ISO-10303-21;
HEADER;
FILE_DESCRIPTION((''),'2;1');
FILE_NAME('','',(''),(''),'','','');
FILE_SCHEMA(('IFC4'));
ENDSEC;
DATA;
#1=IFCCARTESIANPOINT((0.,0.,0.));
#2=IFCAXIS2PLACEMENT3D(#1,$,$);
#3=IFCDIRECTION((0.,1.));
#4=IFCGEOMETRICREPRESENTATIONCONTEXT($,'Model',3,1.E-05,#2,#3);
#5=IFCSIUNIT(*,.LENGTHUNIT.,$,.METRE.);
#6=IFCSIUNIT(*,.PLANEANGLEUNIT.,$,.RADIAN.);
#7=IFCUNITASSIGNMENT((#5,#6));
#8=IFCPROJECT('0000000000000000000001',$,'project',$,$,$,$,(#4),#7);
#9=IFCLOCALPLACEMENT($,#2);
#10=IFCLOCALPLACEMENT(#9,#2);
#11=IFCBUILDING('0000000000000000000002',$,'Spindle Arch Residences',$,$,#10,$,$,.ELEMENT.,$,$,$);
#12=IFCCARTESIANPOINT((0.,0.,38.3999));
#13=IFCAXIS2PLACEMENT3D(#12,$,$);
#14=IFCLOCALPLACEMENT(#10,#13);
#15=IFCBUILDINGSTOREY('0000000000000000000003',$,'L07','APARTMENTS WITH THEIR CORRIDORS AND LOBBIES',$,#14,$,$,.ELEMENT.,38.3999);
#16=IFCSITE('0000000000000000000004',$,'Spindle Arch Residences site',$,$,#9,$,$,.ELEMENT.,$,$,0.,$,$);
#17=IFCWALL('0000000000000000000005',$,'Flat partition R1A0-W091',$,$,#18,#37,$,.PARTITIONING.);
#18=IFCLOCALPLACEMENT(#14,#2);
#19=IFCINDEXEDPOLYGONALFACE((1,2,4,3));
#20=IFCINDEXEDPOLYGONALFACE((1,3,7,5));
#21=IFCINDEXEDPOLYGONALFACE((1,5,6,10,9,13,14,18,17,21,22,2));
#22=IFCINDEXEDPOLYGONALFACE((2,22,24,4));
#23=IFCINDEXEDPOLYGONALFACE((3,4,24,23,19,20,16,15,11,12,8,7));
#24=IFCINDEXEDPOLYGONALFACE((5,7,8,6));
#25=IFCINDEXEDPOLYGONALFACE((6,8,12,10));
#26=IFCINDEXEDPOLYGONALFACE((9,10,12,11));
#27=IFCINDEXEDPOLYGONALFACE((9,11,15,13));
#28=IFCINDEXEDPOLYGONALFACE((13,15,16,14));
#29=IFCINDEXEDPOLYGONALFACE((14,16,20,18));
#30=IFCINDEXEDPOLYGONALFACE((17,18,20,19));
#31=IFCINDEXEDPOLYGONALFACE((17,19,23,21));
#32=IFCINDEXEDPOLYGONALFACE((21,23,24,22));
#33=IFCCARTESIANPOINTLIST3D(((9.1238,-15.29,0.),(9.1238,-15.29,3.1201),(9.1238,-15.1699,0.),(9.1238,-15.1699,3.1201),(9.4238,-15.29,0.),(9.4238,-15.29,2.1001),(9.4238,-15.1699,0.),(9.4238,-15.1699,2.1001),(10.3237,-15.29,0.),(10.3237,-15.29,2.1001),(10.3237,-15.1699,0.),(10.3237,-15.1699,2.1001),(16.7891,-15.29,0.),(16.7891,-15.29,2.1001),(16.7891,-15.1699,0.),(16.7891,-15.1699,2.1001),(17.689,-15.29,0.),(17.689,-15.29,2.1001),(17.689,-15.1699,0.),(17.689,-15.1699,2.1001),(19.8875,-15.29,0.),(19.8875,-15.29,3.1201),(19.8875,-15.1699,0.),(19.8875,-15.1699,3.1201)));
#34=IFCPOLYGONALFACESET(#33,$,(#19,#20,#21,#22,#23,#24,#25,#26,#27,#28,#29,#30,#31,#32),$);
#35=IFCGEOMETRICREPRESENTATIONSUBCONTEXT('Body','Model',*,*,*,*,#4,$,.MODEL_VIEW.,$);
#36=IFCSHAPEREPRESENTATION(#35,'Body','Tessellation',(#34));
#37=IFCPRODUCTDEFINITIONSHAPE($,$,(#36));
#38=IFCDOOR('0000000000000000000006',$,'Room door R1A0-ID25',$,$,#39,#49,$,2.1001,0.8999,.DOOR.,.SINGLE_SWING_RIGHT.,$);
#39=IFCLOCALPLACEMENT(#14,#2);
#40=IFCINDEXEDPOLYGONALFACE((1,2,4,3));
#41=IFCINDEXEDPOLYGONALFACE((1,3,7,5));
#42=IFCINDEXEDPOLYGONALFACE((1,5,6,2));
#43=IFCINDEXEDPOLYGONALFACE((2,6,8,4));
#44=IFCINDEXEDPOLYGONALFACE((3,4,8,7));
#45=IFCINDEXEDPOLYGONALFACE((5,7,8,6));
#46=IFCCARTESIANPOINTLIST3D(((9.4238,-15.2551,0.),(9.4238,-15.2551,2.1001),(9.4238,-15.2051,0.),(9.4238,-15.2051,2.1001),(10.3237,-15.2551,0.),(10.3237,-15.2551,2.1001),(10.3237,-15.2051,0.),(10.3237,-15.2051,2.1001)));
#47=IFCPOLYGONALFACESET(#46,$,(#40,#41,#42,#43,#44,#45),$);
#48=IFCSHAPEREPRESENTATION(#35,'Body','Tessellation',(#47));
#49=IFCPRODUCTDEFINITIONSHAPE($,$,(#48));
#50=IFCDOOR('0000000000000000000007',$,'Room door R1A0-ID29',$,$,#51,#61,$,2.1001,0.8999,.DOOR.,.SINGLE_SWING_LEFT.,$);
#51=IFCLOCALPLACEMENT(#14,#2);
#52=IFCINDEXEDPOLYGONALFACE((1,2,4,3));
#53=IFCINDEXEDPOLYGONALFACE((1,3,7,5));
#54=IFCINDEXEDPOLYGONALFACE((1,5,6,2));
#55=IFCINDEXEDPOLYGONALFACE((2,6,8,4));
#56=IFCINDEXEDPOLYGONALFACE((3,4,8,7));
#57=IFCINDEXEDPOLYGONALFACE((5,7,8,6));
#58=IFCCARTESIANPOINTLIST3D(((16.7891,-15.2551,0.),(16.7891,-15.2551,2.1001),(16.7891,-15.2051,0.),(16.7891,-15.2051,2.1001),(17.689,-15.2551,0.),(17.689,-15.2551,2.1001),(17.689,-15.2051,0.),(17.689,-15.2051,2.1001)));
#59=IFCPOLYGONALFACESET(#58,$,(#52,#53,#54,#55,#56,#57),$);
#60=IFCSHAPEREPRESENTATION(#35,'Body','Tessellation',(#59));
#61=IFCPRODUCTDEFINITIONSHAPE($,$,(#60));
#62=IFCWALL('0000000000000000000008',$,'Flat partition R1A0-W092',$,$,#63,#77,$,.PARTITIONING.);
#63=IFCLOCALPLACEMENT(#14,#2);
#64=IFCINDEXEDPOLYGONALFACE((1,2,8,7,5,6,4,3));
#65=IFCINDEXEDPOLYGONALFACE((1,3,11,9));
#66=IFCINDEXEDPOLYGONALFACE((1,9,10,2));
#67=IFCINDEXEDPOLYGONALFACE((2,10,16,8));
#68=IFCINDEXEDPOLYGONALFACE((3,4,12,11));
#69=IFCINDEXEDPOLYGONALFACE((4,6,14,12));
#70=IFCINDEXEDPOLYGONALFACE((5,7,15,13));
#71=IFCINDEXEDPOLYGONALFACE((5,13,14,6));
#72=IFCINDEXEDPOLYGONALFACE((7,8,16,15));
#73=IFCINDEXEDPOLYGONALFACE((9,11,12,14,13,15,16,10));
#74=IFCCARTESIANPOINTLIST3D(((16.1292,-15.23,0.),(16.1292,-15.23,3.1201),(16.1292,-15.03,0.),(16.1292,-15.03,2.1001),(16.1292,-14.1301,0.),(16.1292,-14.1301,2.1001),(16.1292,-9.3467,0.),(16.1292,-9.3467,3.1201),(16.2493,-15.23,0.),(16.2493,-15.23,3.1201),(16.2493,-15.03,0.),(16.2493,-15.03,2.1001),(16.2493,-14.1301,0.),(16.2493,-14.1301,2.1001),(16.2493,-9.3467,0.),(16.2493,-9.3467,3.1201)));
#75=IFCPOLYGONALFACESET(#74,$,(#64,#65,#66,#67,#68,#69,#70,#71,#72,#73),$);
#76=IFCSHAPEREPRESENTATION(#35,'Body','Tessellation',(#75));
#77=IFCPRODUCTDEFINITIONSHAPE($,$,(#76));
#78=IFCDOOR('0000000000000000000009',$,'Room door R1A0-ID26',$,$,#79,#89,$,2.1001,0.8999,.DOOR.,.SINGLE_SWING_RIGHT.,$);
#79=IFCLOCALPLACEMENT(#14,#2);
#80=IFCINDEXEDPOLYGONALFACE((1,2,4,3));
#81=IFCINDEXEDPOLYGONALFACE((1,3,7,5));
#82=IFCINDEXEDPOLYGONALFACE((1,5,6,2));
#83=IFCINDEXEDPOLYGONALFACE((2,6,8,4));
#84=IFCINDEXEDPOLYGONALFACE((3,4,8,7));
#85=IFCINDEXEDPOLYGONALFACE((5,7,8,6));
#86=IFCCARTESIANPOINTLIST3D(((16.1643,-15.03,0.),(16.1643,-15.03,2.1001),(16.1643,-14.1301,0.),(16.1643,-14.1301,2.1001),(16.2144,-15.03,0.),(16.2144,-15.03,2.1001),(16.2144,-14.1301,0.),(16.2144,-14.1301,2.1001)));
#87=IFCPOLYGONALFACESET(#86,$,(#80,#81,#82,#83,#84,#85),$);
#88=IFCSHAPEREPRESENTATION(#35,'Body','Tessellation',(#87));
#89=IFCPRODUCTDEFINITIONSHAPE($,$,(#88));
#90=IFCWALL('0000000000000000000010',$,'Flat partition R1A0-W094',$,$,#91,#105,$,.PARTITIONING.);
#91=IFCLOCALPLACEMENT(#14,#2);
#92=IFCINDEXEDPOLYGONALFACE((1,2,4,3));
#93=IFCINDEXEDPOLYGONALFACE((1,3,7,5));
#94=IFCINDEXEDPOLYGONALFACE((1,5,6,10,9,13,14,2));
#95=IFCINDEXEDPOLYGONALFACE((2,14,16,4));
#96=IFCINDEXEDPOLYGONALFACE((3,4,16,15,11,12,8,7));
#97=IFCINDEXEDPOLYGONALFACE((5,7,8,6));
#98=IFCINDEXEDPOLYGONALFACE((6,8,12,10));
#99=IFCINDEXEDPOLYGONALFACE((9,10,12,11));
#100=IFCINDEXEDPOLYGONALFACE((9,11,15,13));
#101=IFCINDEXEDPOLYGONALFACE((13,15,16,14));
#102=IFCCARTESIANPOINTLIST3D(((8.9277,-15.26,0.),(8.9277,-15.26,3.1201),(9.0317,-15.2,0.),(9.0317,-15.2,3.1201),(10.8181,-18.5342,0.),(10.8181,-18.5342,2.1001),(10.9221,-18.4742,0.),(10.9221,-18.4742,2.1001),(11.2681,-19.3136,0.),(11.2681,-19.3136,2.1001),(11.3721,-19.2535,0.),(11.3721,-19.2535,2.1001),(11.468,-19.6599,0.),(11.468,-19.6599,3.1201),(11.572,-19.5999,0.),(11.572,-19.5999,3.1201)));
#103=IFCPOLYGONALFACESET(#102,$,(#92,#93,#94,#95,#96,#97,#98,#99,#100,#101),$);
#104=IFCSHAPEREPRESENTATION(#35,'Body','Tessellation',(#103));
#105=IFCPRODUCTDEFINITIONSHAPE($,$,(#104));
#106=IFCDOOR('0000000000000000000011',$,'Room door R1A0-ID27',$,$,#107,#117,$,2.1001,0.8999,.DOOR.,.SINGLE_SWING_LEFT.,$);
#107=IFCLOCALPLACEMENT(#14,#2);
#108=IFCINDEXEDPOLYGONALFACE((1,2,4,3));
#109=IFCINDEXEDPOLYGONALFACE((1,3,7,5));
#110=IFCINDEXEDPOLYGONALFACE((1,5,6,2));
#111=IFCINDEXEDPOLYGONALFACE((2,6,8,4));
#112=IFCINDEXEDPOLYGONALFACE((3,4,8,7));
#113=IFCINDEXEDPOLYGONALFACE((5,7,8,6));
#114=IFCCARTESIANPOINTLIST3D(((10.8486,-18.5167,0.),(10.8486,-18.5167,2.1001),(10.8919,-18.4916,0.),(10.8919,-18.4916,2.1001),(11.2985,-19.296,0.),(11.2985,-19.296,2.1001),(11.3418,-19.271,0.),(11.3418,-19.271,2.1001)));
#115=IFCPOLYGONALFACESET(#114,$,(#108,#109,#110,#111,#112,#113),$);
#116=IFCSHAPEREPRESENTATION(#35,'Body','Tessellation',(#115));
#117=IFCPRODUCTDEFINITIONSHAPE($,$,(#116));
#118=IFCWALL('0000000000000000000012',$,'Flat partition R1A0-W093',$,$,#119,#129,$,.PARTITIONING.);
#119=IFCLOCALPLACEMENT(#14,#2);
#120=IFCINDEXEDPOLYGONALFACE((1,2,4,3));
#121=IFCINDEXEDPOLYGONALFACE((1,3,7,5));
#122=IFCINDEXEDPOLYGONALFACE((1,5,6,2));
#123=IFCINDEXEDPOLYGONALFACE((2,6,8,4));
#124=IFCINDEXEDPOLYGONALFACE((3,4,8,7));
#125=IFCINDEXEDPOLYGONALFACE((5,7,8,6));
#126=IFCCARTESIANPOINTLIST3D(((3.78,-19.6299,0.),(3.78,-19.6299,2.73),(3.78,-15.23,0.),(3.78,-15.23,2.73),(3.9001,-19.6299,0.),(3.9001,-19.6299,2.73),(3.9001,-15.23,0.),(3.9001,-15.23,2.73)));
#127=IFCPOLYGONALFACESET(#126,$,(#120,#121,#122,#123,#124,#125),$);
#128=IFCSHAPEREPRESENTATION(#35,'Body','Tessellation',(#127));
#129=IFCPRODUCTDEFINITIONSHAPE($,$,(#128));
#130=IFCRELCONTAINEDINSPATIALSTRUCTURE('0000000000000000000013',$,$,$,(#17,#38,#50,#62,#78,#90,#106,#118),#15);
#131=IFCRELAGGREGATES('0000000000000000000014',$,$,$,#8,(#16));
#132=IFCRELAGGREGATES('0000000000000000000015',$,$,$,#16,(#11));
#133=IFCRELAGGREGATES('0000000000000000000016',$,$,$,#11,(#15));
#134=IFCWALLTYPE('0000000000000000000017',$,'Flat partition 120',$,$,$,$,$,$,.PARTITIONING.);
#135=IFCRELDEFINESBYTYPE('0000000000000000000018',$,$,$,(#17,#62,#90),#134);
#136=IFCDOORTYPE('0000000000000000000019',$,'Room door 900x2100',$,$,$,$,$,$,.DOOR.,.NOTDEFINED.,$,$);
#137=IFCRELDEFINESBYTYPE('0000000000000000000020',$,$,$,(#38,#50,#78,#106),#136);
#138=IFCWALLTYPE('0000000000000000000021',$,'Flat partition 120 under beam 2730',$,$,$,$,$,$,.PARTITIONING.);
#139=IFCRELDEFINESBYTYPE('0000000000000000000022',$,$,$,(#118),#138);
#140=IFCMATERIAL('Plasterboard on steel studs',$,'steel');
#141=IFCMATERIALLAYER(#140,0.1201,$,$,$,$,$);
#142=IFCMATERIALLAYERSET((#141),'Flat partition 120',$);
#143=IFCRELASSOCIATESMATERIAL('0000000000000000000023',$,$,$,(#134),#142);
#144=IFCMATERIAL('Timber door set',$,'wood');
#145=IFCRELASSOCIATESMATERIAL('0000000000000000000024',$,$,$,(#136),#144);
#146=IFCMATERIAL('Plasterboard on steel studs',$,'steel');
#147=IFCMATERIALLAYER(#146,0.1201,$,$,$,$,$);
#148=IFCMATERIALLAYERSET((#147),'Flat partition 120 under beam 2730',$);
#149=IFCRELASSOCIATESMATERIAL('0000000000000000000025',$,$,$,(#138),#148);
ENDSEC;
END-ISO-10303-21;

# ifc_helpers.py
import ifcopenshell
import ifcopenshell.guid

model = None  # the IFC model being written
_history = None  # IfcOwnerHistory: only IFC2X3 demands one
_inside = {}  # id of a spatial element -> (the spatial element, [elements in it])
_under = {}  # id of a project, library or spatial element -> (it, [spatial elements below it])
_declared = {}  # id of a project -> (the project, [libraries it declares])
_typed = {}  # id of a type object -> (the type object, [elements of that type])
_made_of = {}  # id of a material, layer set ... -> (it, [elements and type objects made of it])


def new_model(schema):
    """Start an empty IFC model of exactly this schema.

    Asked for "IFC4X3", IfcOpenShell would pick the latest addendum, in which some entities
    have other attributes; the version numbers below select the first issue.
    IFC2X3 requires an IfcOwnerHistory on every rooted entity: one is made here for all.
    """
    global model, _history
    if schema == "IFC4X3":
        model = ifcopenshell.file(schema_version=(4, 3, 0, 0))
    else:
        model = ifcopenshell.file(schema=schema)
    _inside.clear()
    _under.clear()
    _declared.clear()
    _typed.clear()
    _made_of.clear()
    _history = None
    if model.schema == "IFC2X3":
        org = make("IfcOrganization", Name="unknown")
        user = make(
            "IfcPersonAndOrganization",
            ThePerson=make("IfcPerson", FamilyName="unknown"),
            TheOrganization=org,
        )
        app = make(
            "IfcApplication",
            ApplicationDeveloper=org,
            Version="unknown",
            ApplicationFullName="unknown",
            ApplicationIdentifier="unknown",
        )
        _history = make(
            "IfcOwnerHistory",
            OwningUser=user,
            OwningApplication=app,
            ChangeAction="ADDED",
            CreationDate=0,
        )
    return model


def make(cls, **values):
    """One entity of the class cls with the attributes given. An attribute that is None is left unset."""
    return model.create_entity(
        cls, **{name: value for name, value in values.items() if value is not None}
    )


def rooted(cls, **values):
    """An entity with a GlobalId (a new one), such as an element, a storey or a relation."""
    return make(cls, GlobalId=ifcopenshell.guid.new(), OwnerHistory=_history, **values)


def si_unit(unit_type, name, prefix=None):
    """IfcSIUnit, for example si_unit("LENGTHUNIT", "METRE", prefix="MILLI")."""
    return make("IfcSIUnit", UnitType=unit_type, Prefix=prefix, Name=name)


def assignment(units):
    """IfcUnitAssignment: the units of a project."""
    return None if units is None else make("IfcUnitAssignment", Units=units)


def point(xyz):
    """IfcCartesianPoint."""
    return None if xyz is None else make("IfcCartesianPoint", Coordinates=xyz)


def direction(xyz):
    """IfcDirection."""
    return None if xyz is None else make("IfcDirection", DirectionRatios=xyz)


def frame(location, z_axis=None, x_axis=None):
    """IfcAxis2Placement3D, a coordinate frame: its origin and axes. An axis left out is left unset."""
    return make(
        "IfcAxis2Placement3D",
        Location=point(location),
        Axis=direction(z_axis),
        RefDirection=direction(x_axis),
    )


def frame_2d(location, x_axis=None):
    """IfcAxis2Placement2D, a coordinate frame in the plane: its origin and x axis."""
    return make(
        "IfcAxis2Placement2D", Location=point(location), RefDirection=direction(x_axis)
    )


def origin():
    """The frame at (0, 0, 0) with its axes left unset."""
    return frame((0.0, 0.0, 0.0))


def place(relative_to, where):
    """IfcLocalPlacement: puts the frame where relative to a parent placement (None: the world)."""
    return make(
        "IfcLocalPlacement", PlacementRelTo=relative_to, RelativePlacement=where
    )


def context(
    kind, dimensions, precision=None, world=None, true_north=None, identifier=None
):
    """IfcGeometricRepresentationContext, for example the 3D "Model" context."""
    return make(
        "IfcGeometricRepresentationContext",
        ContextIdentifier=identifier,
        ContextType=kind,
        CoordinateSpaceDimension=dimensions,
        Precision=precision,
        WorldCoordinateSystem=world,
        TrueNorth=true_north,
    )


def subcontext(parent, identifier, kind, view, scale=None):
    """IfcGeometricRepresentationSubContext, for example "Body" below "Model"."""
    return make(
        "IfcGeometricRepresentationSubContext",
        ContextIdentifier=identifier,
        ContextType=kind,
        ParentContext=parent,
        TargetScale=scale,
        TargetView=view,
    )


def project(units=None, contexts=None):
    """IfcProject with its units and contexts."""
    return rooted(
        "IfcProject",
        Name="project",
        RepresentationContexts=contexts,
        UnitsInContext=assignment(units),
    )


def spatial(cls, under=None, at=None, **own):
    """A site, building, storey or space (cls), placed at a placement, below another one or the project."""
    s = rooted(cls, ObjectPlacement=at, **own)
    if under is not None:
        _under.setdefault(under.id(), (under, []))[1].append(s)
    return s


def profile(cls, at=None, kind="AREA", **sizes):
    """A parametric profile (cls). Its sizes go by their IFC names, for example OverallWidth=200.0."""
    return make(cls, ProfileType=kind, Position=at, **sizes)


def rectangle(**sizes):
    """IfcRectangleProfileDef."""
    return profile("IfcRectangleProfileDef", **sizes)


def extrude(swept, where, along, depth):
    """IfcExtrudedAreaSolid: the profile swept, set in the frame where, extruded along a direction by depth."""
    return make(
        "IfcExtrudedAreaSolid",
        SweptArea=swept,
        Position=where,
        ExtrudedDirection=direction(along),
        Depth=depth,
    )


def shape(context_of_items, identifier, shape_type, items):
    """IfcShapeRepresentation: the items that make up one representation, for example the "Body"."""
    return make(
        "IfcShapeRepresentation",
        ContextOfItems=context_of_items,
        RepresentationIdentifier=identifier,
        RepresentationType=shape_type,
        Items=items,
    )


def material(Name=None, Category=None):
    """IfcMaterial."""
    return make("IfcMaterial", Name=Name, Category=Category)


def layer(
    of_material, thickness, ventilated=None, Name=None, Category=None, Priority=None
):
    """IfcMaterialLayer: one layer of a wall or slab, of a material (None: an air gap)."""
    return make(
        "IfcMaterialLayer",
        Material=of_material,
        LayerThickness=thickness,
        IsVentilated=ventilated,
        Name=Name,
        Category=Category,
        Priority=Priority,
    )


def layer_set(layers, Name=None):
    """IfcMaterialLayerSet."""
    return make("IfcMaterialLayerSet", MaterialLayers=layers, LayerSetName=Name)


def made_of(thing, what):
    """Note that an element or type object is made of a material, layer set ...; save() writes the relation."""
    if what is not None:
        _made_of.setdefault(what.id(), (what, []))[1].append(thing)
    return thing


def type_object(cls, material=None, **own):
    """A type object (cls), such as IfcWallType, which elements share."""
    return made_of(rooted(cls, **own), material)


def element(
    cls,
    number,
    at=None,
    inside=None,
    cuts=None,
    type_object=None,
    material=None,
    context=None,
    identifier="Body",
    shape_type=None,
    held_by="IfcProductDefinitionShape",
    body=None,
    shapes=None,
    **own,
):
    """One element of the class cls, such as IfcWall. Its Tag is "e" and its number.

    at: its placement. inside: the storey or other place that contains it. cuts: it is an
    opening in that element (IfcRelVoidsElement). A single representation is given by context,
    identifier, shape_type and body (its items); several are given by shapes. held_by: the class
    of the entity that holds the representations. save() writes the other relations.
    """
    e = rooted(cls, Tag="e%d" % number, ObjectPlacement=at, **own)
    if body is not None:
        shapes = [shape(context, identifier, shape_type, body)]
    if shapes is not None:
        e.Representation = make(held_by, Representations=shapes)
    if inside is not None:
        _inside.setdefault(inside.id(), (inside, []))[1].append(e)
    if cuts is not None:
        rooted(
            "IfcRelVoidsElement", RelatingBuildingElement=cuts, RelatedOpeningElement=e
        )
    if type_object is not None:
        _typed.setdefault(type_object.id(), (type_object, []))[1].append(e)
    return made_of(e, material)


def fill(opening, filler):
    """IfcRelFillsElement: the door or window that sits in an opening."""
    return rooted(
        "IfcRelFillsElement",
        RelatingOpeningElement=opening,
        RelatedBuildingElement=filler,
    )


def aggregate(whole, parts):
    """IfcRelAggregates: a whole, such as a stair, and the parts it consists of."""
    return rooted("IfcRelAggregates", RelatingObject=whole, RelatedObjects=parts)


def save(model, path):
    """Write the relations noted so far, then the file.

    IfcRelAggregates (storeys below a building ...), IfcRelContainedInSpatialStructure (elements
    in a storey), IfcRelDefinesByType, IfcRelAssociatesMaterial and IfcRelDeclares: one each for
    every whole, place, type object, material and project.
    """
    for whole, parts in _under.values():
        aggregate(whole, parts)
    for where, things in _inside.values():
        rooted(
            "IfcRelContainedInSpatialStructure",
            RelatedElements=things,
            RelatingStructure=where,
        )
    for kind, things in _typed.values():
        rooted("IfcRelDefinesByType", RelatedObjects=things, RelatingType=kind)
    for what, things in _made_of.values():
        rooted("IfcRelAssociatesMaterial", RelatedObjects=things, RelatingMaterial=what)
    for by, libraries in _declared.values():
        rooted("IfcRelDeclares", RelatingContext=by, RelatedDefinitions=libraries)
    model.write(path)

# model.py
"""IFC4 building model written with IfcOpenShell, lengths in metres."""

from ifc_helpers import new_model, si_unit, direction, frame, frame_2d, origin, place, context, subcontext, project, spatial, rectangle, extrude, material, layer, layer_set, type_object, element, fill, save


model = new_model("IFC4")

# Units and contexts
model_context = context("Model", 3, precision=1e-05, world=origin(), true_north=direction((0.0, 1.0)))
body_context = subcontext(model_context, "Body", "Model", "MODEL_VIEW")
ifc_project = project(units=[si_unit("LENGTHUNIT", "METRE"), si_unit("PLANEANGLEUNIT", "RADIAN")], contexts=[model_context])

# Site, building, storey
site_placement = place(None, origin())
site = spatial("IfcSite", under=ifc_project, at=site_placement, Name="Spindle Arch Residences site", CompositionType="ELEMENT", RefElevation=0.0)
building_placement = place(site_placement, origin())
building = spatial("IfcBuilding", under=site, at=building_placement, Name="Spindle Arch Residences", CompositionType="ELEMENT")
storey_placement = place(building_placement, frame((0.0, 0.0, 38.3999)))
storey = spatial("IfcBuildingStorey", under=building, at=storey_placement, Name="L07", Description="APARTMENTS WITH THEIR CORRIDORS AND LOBBIES", CompositionType="ELEMENT", Elevation=38.3999)

# Shared definitions
ifc_material_1 = material(Name="Plasterboard on steel studs", Category="steel")
ifc_layer_1 = layer(ifc_material_1, 0.1201)
ifc_layer_set_1 = layer_set([ifc_layer_1], Name="Flat partition 120")
wall_type_1 = type_object("IfcWallType", Name="Flat partition 120", PredefinedType="PARTITIONING", material=ifc_layer_set_1)

# Wall, openings, doors
wall_1_placement = place(storey_placement, frame((9.1238, -15.23, 0.0), z_axis=(0.0, 0.0, 1.0), x_axis=(1.0, 0.0, 0.0)))
wall_1 = element("IfcWall", 1, at=wall_1_placement, inside=storey, type_object=wall_type_1, Name="Flat partition R1A0-W091", PredefinedType="PARTITIONING", context=body_context, shape_type="SweptSolid", body=[
    extrude(rectangle(XDim=10.7637, YDim=0.1201, at=frame_2d((5.3818, 0.0))), origin(), (0.0, 0.0, 1.0), 3.1201),
])
opening_1_placement = place(wall_1_placement, frame((0.3, 0.0, 0.0)))
opening_1 = element("IfcOpeningElement", 2, at=opening_1_placement, cuts=wall_1, PredefinedType="OPENING", context=body_context, shape_type="SweptSolid", body=[
    extrude(rectangle(XDim=0.8999, YDim=2.1001, at=frame_2d((0.45, 1.05))), frame((0.0, 0.0701, 0.0), z_axis=(0.0, -1.0, 0.0), x_axis=(1.0, 0.0, 0.0)), (0.0, 0.0, 1.0), 0.1401),
])
opening_2_placement = place(wall_1_placement, frame((7.6653, 0.0, 0.0)))
opening_2 = element("IfcOpeningElement", 3, at=opening_2_placement, cuts=wall_1, PredefinedType="OPENING", context=body_context, shape_type="SweptSolid", body=[
    extrude(rectangle(XDim=0.8999, YDim=2.1001, at=frame_2d((0.45, 1.05))), frame((0.0, 0.0701, 0.0), z_axis=(0.0, -1.0, 0.0), x_axis=(1.0, 0.0, 0.0)), (0.0, 0.0, 1.0), 0.1401),
])
ifc_material_2 = material(Name="Timber door set", Category="wood")
door_type_1 = type_object("IfcDoorType", Name="Room door 900x2100", OperationType="NOTDEFINED", PredefinedType="DOOR", material=ifc_material_2)
door_1_placement = place(opening_1_placement, origin())
door_1 = element("IfcDoor", 4, at=door_1_placement, inside=storey, type_object=door_type_1, Name="Room door R1A0-ID25", OperationType="SINGLE_SWING_RIGHT", OverallHeight=2.1001, OverallWidth=0.8999, PredefinedType="DOOR", context=body_context, shape_type="SweptSolid", body=[
    extrude(rectangle(XDim=0.8999, YDim=2.1001, at=frame_2d((0.45, 1.05))), frame((0.0, 0.0249, 0.0), z_axis=(0.0, -1.0, 0.0), x_axis=(1.0, 0.0, 0.0)), (0.0, 0.0, 1.0), 0.05),
])
fill(opening_1, door_1)
door_2_placement = place(opening_2_placement, origin())
door_2 = element("IfcDoor", 5, at=door_2_placement, inside=storey, type_object=door_type_1, Name="Room door R1A0-ID29", OperationType="SINGLE_SWING_LEFT", OverallHeight=2.1001, OverallWidth=0.8999, PredefinedType="DOOR", context=body_context, shape_type="SweptSolid", body=[
    extrude(rectangle(XDim=0.8999, YDim=2.1001, at=frame_2d((0.45, 1.05))), frame((0.0, 0.0249, 0.0), z_axis=(0.0, -1.0, 0.0), x_axis=(1.0, 0.0, 0.0)), (0.0, 0.0, 1.0), 0.05),
])
fill(opening_2, door_2)

# Walls, openings, doors
wall_2_placement = place(storey_placement, frame((16.1892, -15.23, 0.0), z_axis=(0.0, 0.0, 1.0), x_axis=(0.0, 1.0, 0.0)))
wall_2 = element("IfcWall", 6, at=wall_2_placement, inside=storey, type_object=wall_type_1, Name="Flat partition R1A0-W092", PredefinedType="PARTITIONING", context=body_context, shape_type="SweptSolid", body=[
    extrude(rectangle(XDim=5.8833, YDim=0.1201, at=frame_2d((2.9417, 0.0))), origin(), (0.0, 0.0, 1.0), 3.1201),
])
opening_3_placement = place(wall_2_placement, frame((0.2, 0.0, 0.0)))
opening_3 = element("IfcOpeningElement", 7, at=opening_3_placement, cuts=wall_2, PredefinedType="OPENING", context=body_context, shape_type="SweptSolid", body=[
    extrude(rectangle(XDim=0.8999, YDim=2.1001, at=frame_2d((0.45, 1.05))), frame((0.0, 0.0701, 0.0), z_axis=(0.0, -1.0, 0.0), x_axis=(1.0, 0.0, 0.0)), (0.0, 0.0, 1.0), 0.1401),
])
door_3_placement = place(opening_3_placement, origin())
door_3 = element("IfcDoor", 8, at=door_3_placement, inside=storey, type_object=door_type_1, Name="Room door R1A0-ID26", OperationType="SINGLE_SWING_RIGHT", OverallHeight=2.1001, OverallWidth=0.8999, PredefinedType="DOOR", context=body_context, shape_type="SweptSolid", body=[
    extrude(rectangle(XDim=0.8999, YDim=2.1001, at=frame_2d((0.45, 1.05))), frame((0.0, 0.0249, 0.0), z_axis=(0.0, -1.0, 0.0), x_axis=(1.0, 0.0, 0.0)), (0.0, 0.0, 1.0), 0.05),
])
fill(opening_3, door_3)
wall_3_placement = place(storey_placement, frame((11.52, -19.6299, 0.0), z_axis=(0.0, 0.0, 1.0), x_axis=(-0.5, 0.866026, 0.0)))
wall_3 = element("IfcWall", 9, at=wall_3_placement, inside=storey, type_object=wall_type_1, Name="Flat partition R1A0-W094", PredefinedType="PARTITIONING", context=body_context, shape_type="SweptSolid", body=[
    extrude(rectangle(XDim=5.0806, YDim=0.1201, at=frame_2d((2.5403, 0.0))), origin(), (0.0, 0.0, 1.0), 3.1201),
])
opening_4_placement = place(wall_3_placement, frame((0.3999, 0.0, 0.0)))
opening_4 = element("IfcOpeningElement", 10, at=opening_4_placement, cuts=wall_3, PredefinedType="OPENING", context=body_context, shape_type="SweptSolid", body=[
    extrude(rectangle(XDim=0.8999, YDim=2.1001, at=frame_2d((0.45, 1.05))), frame((0.0, 0.0701, 0.0), z_axis=(0.0, -1.0, 0.0), x_axis=(1.0, 0.0, 0.0)), (0.0, 0.0, 1.0), 0.1401),
])
door_4_placement = place(opening_4_placement, origin())
door_4 = element("IfcDoor", 11, at=door_4_placement, inside=storey, type_object=door_type_1, Name="Room door R1A0-ID27", OperationType="SINGLE_SWING_LEFT", OverallHeight=2.1001, OverallWidth=0.8999, PredefinedType="DOOR", context=body_context, shape_type="SweptSolid", body=[
    extrude(rectangle(XDim=0.8999, YDim=2.1001, at=frame_2d((0.45, 1.05))), frame((0.0, 0.0249, 0.0), z_axis=(0.0, -1.0, 0.0), x_axis=(1.0, 0.0, 0.0)), (0.0, 0.0, 1.0), 0.05),
])
fill(opening_4, door_4)

# Wall
ifc_material_3 = material(Name="Plasterboard on steel studs", Category="steel")
ifc_layer_2 = layer(ifc_material_3, 0.1201)
ifc_layer_set_2 = layer_set([ifc_layer_2], Name="Flat partition 120 under beam 2730")
wall_type_2 = type_object("IfcWallType", Name="Flat partition 120 under beam 2730", PredefinedType="PARTITIONING", material=ifc_layer_set_2)
wall_4_placement = place(storey_placement, frame((3.8401, -19.6299, 0.0), z_axis=(0.0, 0.0, 1.0), x_axis=(0.0, 1.0, 0.0)))
element("IfcWall", 12, at=wall_4_placement, inside=storey, type_object=wall_type_2, Name="Flat partition R1A0-W093", PredefinedType="PARTITIONING", context=body_context, shape_type="SweptSolid", body=[
    extrude(rectangle(XDim=4.3999, YDim=0.1201, at=frame_2d((2.2, 0.0))), origin(), (0.0, 0.0, 1.0), 2.73),
])

save(model, "model.ifc")
